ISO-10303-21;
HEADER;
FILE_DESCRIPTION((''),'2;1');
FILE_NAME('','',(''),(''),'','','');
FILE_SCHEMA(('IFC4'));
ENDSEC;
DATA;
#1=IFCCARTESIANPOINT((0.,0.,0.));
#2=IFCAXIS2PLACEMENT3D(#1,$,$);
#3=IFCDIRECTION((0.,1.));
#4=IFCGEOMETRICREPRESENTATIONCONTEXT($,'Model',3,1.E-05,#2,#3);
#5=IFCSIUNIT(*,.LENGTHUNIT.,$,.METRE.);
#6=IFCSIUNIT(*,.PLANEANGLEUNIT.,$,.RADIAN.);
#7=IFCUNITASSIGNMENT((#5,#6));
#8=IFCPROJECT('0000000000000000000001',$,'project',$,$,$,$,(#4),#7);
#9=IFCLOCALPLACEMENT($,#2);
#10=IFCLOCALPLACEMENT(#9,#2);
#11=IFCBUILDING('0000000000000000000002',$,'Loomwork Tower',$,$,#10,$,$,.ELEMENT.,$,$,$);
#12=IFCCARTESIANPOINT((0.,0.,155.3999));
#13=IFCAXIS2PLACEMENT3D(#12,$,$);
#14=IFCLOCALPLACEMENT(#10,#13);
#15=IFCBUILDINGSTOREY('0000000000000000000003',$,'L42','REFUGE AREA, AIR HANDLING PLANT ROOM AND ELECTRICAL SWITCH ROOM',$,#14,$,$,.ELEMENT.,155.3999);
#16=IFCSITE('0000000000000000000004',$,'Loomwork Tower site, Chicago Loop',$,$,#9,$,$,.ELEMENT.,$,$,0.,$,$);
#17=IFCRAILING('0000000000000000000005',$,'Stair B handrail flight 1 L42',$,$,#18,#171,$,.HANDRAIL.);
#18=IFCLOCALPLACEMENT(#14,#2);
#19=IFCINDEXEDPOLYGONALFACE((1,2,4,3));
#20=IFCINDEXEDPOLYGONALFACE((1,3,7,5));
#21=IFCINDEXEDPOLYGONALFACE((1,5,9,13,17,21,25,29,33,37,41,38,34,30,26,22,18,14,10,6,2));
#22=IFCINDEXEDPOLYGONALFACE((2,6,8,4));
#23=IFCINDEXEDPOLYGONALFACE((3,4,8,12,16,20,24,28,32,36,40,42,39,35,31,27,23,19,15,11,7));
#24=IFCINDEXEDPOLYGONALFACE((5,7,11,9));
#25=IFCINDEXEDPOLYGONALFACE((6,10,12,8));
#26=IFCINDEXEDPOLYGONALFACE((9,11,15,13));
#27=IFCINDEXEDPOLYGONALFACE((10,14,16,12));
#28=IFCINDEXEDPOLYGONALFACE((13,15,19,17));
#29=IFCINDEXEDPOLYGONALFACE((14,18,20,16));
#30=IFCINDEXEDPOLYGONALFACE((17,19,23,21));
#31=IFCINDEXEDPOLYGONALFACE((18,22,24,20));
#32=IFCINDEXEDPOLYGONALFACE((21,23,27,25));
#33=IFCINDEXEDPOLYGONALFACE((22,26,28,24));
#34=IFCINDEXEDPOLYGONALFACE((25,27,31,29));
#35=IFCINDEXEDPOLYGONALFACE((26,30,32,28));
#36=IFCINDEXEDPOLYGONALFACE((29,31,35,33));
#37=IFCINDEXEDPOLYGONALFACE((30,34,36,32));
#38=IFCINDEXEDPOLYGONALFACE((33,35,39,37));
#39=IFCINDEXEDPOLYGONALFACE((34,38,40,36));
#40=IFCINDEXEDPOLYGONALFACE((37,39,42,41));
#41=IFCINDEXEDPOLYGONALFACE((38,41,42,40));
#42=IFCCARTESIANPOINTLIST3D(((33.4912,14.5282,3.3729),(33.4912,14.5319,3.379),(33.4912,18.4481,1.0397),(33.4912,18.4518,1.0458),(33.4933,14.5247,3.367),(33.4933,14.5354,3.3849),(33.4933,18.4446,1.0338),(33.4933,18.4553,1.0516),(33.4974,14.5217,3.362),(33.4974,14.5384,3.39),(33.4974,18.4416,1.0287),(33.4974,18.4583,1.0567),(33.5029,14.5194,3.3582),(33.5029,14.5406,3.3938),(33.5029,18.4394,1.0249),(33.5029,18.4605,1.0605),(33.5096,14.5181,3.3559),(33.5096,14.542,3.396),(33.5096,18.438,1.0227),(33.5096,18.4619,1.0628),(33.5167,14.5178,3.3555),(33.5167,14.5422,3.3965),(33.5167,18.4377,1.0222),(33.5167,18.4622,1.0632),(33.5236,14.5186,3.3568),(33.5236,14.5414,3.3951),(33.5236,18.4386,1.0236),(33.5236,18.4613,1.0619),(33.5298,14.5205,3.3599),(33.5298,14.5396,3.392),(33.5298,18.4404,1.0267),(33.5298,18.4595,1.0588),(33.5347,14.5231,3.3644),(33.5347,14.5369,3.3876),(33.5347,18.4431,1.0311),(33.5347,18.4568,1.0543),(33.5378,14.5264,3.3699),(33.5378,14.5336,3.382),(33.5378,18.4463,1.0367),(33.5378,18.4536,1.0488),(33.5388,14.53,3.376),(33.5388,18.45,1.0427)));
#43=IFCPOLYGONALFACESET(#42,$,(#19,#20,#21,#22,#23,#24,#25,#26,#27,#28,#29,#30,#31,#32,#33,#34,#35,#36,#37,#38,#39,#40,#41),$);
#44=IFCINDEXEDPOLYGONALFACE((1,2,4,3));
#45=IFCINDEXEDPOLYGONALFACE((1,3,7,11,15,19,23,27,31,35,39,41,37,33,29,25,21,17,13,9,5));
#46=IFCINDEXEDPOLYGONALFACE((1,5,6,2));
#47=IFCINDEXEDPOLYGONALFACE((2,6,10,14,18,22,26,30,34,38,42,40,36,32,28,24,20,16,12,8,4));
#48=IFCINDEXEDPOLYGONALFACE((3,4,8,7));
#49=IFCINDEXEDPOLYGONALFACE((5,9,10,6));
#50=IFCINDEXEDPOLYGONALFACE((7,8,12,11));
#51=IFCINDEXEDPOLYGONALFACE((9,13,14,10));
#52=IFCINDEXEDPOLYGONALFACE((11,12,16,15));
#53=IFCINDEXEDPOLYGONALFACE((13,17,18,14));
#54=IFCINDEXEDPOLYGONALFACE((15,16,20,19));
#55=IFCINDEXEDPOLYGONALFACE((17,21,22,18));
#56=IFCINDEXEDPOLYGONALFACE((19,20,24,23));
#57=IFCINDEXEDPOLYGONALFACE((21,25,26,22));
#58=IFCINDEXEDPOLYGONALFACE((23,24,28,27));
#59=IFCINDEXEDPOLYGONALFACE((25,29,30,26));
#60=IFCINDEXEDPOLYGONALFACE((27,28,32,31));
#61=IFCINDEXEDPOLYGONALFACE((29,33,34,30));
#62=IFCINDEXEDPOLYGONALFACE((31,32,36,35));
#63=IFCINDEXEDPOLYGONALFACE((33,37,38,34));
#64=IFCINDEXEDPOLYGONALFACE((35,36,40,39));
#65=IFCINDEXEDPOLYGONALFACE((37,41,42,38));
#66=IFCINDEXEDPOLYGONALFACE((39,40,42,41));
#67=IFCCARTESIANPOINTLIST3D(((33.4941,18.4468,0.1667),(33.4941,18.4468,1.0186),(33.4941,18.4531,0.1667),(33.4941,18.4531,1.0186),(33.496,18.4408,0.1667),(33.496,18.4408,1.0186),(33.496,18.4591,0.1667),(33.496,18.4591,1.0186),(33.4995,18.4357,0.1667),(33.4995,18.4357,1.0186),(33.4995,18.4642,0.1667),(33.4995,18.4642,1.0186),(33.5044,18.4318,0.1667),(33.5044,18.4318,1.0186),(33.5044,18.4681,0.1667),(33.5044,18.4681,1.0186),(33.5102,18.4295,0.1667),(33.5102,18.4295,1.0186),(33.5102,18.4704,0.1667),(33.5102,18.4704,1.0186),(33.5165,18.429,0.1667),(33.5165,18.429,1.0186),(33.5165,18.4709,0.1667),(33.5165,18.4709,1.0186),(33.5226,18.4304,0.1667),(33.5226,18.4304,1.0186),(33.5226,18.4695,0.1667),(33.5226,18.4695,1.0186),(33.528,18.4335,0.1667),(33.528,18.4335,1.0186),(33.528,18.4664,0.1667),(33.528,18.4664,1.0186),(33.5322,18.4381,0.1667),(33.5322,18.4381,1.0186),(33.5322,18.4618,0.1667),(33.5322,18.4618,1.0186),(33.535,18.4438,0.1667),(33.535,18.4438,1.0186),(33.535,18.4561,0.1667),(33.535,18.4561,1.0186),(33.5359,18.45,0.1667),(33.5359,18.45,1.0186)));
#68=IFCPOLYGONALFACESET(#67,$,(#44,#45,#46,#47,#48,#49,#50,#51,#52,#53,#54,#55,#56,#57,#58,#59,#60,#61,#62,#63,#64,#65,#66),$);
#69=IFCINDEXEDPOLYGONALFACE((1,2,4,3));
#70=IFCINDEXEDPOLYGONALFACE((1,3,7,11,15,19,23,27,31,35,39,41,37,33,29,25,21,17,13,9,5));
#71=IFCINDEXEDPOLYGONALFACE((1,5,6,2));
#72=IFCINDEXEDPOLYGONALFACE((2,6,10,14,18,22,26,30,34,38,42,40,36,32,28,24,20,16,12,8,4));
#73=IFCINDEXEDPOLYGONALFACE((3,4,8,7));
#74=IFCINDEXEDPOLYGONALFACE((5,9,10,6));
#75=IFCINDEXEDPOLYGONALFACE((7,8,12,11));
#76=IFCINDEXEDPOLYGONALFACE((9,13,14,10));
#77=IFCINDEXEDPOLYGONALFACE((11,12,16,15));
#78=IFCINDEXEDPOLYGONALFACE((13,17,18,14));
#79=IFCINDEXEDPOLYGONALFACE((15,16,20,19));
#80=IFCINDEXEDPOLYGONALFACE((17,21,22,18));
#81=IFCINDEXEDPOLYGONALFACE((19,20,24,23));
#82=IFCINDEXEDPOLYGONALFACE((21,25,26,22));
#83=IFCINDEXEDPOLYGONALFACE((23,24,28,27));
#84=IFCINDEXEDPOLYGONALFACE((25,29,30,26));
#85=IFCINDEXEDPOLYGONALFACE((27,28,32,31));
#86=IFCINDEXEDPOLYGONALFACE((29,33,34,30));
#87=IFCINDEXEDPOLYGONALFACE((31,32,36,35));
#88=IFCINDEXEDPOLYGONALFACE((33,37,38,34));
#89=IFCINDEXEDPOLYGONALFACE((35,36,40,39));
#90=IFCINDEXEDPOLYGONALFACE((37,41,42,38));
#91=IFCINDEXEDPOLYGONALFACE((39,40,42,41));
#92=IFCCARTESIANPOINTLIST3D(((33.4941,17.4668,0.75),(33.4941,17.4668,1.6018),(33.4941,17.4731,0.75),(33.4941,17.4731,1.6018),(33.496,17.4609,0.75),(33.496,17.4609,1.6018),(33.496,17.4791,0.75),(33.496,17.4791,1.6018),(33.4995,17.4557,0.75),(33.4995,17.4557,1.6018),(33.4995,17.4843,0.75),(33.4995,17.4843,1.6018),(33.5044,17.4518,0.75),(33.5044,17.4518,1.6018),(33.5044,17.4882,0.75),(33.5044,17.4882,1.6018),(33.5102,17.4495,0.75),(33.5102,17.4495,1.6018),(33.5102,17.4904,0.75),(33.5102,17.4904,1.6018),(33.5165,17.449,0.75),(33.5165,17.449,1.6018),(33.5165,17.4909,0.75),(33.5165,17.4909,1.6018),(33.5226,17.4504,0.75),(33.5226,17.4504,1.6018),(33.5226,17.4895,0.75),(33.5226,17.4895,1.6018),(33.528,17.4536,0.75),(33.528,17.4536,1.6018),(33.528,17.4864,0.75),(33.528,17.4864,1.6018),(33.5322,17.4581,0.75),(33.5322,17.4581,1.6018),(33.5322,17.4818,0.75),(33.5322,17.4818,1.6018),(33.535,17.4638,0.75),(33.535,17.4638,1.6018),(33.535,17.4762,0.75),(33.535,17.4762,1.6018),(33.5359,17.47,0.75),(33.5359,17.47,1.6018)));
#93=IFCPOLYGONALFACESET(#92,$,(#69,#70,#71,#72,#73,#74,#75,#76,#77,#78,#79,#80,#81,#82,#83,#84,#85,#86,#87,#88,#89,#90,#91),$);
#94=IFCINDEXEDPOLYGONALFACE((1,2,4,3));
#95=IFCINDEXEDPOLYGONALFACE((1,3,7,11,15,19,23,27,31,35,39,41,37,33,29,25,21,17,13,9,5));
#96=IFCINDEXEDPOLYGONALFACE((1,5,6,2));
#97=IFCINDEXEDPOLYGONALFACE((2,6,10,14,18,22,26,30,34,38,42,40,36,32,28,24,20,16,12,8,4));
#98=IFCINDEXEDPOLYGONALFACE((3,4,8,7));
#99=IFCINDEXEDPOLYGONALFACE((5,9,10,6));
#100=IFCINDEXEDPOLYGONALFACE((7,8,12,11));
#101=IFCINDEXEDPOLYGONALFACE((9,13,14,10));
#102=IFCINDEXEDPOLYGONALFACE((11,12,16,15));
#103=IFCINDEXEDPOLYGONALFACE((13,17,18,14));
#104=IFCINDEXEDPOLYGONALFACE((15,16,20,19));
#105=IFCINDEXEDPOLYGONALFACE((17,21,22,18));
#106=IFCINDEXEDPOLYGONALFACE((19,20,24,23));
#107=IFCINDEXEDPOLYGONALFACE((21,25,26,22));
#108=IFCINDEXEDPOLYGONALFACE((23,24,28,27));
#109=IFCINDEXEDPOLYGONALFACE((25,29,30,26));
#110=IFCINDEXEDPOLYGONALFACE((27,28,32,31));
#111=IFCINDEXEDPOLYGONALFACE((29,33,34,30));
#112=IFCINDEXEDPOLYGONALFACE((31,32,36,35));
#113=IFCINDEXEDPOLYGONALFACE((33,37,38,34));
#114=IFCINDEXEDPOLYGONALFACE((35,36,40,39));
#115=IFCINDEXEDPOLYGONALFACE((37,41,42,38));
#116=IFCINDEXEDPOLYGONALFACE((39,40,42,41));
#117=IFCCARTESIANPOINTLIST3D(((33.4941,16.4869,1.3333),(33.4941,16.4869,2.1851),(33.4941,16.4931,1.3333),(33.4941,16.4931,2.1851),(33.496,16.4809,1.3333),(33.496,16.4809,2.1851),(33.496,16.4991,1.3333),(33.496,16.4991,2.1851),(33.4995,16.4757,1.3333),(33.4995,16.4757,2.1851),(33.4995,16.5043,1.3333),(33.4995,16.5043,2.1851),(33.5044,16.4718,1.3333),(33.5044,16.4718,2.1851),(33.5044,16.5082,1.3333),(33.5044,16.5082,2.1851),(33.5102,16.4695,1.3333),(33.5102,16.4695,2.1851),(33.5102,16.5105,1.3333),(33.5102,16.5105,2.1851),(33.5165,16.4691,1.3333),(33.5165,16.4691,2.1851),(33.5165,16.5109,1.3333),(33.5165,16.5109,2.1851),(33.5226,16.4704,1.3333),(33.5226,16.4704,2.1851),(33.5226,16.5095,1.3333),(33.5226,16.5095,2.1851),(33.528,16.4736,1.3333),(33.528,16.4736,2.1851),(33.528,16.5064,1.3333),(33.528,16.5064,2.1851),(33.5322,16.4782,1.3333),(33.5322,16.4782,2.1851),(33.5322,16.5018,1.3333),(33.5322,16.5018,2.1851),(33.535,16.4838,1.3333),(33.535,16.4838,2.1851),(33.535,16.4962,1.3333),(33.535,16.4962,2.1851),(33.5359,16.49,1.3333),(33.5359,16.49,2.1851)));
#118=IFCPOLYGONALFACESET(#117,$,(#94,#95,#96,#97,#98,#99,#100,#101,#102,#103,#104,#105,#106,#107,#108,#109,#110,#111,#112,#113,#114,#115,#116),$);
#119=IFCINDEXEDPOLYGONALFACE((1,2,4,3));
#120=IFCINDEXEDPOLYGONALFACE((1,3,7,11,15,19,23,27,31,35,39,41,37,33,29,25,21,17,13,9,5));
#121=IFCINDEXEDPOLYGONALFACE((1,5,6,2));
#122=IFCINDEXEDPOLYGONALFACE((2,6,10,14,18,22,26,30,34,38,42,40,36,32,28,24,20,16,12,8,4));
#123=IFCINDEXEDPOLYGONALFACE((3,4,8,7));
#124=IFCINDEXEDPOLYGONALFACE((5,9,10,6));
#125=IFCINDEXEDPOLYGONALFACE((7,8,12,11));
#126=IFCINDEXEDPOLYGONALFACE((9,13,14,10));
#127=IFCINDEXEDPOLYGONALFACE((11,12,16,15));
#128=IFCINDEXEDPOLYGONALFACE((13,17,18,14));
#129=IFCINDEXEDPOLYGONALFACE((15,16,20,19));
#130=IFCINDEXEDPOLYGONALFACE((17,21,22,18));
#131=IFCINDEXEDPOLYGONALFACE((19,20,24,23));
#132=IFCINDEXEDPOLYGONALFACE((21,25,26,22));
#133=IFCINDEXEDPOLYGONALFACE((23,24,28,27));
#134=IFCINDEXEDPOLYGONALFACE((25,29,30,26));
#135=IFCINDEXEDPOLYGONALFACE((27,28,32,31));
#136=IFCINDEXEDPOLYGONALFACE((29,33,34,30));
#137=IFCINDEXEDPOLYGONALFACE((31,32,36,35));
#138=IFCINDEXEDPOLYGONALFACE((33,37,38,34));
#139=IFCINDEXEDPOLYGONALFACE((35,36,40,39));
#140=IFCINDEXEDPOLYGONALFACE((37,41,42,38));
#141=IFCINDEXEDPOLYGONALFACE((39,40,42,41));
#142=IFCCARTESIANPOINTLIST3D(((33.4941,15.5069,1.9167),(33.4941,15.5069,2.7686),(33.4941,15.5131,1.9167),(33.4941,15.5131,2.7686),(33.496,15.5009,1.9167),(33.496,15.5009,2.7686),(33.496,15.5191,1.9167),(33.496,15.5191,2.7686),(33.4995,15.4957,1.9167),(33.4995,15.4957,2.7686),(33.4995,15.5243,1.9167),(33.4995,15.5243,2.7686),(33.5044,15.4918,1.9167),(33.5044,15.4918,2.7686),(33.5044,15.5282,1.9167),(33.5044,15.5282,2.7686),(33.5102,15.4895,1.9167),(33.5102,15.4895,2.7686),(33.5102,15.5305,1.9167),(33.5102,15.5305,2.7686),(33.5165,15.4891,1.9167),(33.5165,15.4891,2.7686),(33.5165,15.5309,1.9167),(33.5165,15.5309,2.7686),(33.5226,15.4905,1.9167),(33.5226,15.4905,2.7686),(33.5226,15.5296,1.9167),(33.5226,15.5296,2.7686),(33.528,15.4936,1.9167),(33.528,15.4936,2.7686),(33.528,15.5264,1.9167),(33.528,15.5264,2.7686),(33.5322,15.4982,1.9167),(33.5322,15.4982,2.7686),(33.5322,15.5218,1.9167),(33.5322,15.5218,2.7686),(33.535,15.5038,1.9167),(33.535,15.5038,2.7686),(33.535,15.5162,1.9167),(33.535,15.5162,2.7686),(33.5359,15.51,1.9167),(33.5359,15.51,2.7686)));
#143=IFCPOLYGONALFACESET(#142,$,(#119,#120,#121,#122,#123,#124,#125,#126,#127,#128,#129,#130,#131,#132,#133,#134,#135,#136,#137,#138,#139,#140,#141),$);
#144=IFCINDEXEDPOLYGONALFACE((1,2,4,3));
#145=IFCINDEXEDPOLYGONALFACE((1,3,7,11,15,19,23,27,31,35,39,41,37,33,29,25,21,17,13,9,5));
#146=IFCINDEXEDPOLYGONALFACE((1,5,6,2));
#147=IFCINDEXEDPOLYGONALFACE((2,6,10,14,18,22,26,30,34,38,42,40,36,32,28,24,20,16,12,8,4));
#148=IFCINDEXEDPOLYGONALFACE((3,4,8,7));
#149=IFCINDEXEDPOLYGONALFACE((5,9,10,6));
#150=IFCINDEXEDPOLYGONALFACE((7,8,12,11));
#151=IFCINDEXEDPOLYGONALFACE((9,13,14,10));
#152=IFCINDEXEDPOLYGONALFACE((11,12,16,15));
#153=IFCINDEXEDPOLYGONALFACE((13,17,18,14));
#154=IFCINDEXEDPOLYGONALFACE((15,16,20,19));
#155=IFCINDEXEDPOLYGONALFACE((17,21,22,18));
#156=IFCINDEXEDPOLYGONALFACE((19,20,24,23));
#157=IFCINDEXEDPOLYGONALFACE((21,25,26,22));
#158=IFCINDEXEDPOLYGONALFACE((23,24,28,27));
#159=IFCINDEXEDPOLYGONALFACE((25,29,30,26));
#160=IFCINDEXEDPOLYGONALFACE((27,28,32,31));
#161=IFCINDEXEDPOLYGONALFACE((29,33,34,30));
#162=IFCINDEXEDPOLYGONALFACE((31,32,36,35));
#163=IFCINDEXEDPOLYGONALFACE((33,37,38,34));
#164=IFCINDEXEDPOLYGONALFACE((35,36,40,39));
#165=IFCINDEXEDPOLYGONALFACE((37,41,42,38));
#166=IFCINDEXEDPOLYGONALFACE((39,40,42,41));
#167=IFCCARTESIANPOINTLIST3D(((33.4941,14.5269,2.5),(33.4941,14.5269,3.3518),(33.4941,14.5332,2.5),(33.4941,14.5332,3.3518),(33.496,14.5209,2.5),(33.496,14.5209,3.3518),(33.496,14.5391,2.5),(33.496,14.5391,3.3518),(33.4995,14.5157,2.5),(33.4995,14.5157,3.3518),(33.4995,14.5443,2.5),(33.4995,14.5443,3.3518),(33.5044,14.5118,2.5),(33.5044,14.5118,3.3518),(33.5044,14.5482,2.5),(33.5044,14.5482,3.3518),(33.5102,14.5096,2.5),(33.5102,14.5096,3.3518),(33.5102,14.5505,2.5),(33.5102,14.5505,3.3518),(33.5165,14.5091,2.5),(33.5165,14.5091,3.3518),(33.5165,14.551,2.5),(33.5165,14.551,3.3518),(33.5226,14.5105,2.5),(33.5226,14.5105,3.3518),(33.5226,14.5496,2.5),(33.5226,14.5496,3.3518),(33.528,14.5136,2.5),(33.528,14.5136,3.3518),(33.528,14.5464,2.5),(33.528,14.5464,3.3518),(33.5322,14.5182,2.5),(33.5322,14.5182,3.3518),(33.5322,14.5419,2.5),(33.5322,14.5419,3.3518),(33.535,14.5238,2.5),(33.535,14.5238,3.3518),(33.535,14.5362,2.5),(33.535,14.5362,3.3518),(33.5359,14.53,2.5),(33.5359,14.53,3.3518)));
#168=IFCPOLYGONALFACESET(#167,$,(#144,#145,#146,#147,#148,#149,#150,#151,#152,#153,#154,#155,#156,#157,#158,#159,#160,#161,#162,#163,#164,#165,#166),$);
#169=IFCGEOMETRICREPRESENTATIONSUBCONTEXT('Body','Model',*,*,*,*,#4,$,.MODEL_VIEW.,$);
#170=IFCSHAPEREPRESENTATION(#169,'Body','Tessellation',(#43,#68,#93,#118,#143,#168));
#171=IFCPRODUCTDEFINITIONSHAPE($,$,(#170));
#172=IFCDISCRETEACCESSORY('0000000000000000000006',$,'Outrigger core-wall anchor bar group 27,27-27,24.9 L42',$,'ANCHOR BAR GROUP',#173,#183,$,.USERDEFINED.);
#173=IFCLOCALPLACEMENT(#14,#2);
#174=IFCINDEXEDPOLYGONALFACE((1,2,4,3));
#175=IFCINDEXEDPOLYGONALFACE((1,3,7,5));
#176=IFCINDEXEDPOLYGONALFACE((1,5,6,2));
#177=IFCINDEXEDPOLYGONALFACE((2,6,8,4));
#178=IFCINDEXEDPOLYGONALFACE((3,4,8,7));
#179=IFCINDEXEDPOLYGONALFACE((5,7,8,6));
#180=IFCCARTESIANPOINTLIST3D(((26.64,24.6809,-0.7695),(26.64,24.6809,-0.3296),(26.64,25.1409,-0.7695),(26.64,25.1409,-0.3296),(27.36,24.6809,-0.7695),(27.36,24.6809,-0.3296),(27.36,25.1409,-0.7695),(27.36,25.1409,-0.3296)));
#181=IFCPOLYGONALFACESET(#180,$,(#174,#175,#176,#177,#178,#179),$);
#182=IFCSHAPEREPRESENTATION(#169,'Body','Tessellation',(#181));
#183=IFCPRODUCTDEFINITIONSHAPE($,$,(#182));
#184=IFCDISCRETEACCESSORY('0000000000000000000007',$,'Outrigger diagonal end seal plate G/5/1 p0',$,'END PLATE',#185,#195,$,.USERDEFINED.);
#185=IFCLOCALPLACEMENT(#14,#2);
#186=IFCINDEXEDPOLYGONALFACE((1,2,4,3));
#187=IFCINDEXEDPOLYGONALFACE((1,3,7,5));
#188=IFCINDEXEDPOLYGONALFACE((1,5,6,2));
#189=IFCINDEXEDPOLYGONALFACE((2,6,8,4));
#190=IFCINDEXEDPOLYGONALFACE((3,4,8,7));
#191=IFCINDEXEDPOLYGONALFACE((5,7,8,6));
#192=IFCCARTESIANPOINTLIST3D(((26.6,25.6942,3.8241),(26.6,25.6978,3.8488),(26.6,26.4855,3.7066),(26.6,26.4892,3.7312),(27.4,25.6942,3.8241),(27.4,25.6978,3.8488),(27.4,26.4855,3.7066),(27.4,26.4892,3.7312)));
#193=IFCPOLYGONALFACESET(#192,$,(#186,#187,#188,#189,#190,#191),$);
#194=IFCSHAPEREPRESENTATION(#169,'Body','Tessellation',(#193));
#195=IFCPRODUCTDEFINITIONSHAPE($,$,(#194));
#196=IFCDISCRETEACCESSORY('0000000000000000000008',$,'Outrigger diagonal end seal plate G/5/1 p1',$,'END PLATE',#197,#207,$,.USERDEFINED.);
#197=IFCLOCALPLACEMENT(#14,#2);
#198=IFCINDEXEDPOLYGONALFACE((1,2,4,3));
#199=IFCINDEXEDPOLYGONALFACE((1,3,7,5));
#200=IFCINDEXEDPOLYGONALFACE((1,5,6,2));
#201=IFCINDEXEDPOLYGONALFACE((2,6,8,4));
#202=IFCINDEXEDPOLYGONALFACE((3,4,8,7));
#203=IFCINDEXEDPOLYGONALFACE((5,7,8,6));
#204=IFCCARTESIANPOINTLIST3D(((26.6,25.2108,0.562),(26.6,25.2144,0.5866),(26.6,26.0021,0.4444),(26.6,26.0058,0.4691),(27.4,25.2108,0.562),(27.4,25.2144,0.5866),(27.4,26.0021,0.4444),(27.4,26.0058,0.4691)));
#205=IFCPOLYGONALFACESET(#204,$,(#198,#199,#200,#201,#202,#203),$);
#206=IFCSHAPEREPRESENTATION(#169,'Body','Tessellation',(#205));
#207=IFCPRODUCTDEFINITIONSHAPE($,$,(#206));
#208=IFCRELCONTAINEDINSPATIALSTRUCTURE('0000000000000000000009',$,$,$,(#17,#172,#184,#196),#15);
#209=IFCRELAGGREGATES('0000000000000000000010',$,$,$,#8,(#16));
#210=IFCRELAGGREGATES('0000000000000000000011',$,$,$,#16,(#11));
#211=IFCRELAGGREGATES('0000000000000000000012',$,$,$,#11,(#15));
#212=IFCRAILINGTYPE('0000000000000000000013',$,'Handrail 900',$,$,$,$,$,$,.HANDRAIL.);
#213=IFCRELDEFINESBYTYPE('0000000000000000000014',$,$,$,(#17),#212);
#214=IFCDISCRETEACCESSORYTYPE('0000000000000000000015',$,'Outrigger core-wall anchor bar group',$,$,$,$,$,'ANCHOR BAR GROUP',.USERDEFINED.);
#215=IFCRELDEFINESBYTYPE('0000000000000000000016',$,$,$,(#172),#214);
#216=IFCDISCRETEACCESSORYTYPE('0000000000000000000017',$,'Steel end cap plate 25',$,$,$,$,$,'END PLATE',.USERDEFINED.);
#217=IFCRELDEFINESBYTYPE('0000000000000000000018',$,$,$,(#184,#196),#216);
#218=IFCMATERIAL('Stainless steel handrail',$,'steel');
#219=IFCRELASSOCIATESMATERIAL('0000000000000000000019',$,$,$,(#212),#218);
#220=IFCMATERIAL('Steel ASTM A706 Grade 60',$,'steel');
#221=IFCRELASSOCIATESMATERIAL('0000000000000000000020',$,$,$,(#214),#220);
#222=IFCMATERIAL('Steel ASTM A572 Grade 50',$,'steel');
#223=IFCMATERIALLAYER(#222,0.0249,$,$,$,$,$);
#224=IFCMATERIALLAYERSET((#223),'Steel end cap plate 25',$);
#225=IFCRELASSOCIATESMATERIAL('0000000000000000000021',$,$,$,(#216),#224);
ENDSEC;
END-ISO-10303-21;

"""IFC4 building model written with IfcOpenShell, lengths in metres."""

from ifc_helpers import new_model, si_unit, direction, frame, origin, origin_2d, place, context, subcontext, project, spatial, rectangle, circle, extrude, material, layer, layer_set, type_object, element, save


model = new_model("IFC4")

# Units and contexts
model_context = context("Model", 3, precision=1e-05, world=origin(), true_north=direction((0.0, 1.0)))
body_context = subcontext(model_context, "Body", "Model", "MODEL_VIEW")
ifc_project = project(units=[si_unit("LENGTHUNIT", "METRE"), si_unit("PLANEANGLEUNIT", "RADIAN")], contexts=[model_context])

# Site, building, storey
site_placement = place(None, origin())
site = spatial("IfcSite", under=ifc_project, at=site_placement, Name="Loomwork Tower site, Chicago Loop", CompositionType="ELEMENT", RefElevation=0.0)
building_placement = place(site_placement, origin())
building = spatial("IfcBuilding", under=site, at=building_placement, Name="Loomwork Tower", CompositionType="ELEMENT")
storey_placement = place(building_placement, frame((0.0, 0.0, 155.3999)))
storey = spatial("IfcBuildingStorey", under=building, at=storey_placement, Name="L42", Description="REFUGE AREA, AIR HANDLING PLANT ROOM AND ELECTRICAL SWITCH ROOM", CompositionType="ELEMENT", Elevation=155.3999)

# Railing
ifc_material_1 = material(Name="Stainless steel handrail", Category="steel")
railing_type = type_object("IfcRailingType", Name="Handrail 900", PredefinedType="HANDRAIL", material=ifc_material_1)
railing_placement = place(storey_placement, frame((33.5149, 18.45, 0.1667)))
element("IfcRailing", 1, at=railing_placement, inside=storey, type_object=railing_type, Name="Stair B handrail flight 1 L42", PredefinedType="HANDRAIL", context=body_context, shape_type="SweptSolid", body=[
    extrude(circle(Radius=0.0239, at=origin_2d()), frame((0.0, 0.0, 0.876), z_axis=(0.0, -0.859296, 0.511478), x_axis=(1.0, 0.0, 0.0)), (0.0, 0.0, 1.0), 4.5618),
    extrude(circle(Radius=0.021, at=origin_2d()), origin(), (0.0, 0.0, 1.0), 0.8518),
    extrude(circle(Radius=0.021, at=origin_2d()), frame((0.0, -0.98, 0.5833)), (0.0, 0.0, 1.0), 0.8518),
    extrude(circle(Radius=0.021, at=origin_2d()), frame((0.0, -1.96, 1.1665)), (0.0, 0.0, 1.0), 0.8518),
    extrude(circle(Radius=0.021, at=origin_2d()), frame((0.0, -2.9399, 1.75)), (0.0, 0.0, 1.0), 0.8518),
    extrude(circle(Radius=0.021, at=origin_2d()), frame((0.0, -3.9199, 2.3333)), (0.0, 0.0, 1.0), 0.8518),
])

# Discrete accessories
ifc_material_2 = material(Name="Steel ASTM A706 Grade 60", Category="steel")
discrete_accessory_type_1 = type_object("IfcDiscreteAccessoryType", Name="Outrigger core-wall anchor bar group", ElementType="ANCHOR BAR GROUP", PredefinedType="USERDEFINED", material=ifc_material_2)
discrete_accessory_placement = place(storey_placement, frame((27.0, 24.9109, -0.7695), z_axis=(0.0, 0.0, 1.0), x_axis=(1.0, 0.0, 0.0)))
element("IfcDiscreteAccessory", 2, at=discrete_accessory_placement, inside=storey, type_object=discrete_accessory_type_1, Name="Outrigger core-wall anchor bar group 27,27-27,24.9 L42", ObjectType="ANCHOR BAR GROUP", PredefinedType="USERDEFINED", context=body_context, shape_type="SweptSolid", body=[
    extrude(rectangle(XDim=0.72, YDim=0.46, at=origin_2d()), origin(), (0.0, 0.0, 1.0), 0.4399),
])
ifc_material_3 = material(Name="Steel ASTM A572 Grade 50", Category="steel")
ifc_layer_1 = layer(ifc_material_3, 0.0249)
ifc_layer_set_1 = layer_set([ifc_layer_1], Name="Steel end cap plate 25")
discrete_accessory_type_2 = type_object("IfcDiscreteAccessoryType", Name="Steel end cap plate 25", ElementType="END PLATE", PredefinedType="USERDEFINED", material=ifc_layer_set_1)
for number, where, z_axis, x_axis, name in (
    (3, (27.0, 26.0898, 3.7654), (0.0, 0.146904, 0.989151), (-1.0, 0.0, 0.0), "Outrigger diagonal end seal plate G/5/1 p0"),
    (4, (27.0, 25.6101, 0.5278), (0.0, -0.146904, -0.989151), (1.0, 0.0, 0.0), "Outrigger diagonal end seal plate G/5/1 p1"),
):
    element("IfcDiscreteAccessory", number, at=place(storey_placement, frame(where, z_axis=z_axis, x_axis=x_axis)), inside=storey, type_object=discrete_accessory_type_2, Name=name, ObjectType="END PLATE", PredefinedType="USERDEFINED", context=body_context, shape_type="SweptSolid", body=[
        extrude(rectangle(XDim=0.8, YDim=0.8, at=origin_2d()), origin(), (0.0, 0.0, 1.0), 0.0249),
    ])

save(model, "model.ifc")
